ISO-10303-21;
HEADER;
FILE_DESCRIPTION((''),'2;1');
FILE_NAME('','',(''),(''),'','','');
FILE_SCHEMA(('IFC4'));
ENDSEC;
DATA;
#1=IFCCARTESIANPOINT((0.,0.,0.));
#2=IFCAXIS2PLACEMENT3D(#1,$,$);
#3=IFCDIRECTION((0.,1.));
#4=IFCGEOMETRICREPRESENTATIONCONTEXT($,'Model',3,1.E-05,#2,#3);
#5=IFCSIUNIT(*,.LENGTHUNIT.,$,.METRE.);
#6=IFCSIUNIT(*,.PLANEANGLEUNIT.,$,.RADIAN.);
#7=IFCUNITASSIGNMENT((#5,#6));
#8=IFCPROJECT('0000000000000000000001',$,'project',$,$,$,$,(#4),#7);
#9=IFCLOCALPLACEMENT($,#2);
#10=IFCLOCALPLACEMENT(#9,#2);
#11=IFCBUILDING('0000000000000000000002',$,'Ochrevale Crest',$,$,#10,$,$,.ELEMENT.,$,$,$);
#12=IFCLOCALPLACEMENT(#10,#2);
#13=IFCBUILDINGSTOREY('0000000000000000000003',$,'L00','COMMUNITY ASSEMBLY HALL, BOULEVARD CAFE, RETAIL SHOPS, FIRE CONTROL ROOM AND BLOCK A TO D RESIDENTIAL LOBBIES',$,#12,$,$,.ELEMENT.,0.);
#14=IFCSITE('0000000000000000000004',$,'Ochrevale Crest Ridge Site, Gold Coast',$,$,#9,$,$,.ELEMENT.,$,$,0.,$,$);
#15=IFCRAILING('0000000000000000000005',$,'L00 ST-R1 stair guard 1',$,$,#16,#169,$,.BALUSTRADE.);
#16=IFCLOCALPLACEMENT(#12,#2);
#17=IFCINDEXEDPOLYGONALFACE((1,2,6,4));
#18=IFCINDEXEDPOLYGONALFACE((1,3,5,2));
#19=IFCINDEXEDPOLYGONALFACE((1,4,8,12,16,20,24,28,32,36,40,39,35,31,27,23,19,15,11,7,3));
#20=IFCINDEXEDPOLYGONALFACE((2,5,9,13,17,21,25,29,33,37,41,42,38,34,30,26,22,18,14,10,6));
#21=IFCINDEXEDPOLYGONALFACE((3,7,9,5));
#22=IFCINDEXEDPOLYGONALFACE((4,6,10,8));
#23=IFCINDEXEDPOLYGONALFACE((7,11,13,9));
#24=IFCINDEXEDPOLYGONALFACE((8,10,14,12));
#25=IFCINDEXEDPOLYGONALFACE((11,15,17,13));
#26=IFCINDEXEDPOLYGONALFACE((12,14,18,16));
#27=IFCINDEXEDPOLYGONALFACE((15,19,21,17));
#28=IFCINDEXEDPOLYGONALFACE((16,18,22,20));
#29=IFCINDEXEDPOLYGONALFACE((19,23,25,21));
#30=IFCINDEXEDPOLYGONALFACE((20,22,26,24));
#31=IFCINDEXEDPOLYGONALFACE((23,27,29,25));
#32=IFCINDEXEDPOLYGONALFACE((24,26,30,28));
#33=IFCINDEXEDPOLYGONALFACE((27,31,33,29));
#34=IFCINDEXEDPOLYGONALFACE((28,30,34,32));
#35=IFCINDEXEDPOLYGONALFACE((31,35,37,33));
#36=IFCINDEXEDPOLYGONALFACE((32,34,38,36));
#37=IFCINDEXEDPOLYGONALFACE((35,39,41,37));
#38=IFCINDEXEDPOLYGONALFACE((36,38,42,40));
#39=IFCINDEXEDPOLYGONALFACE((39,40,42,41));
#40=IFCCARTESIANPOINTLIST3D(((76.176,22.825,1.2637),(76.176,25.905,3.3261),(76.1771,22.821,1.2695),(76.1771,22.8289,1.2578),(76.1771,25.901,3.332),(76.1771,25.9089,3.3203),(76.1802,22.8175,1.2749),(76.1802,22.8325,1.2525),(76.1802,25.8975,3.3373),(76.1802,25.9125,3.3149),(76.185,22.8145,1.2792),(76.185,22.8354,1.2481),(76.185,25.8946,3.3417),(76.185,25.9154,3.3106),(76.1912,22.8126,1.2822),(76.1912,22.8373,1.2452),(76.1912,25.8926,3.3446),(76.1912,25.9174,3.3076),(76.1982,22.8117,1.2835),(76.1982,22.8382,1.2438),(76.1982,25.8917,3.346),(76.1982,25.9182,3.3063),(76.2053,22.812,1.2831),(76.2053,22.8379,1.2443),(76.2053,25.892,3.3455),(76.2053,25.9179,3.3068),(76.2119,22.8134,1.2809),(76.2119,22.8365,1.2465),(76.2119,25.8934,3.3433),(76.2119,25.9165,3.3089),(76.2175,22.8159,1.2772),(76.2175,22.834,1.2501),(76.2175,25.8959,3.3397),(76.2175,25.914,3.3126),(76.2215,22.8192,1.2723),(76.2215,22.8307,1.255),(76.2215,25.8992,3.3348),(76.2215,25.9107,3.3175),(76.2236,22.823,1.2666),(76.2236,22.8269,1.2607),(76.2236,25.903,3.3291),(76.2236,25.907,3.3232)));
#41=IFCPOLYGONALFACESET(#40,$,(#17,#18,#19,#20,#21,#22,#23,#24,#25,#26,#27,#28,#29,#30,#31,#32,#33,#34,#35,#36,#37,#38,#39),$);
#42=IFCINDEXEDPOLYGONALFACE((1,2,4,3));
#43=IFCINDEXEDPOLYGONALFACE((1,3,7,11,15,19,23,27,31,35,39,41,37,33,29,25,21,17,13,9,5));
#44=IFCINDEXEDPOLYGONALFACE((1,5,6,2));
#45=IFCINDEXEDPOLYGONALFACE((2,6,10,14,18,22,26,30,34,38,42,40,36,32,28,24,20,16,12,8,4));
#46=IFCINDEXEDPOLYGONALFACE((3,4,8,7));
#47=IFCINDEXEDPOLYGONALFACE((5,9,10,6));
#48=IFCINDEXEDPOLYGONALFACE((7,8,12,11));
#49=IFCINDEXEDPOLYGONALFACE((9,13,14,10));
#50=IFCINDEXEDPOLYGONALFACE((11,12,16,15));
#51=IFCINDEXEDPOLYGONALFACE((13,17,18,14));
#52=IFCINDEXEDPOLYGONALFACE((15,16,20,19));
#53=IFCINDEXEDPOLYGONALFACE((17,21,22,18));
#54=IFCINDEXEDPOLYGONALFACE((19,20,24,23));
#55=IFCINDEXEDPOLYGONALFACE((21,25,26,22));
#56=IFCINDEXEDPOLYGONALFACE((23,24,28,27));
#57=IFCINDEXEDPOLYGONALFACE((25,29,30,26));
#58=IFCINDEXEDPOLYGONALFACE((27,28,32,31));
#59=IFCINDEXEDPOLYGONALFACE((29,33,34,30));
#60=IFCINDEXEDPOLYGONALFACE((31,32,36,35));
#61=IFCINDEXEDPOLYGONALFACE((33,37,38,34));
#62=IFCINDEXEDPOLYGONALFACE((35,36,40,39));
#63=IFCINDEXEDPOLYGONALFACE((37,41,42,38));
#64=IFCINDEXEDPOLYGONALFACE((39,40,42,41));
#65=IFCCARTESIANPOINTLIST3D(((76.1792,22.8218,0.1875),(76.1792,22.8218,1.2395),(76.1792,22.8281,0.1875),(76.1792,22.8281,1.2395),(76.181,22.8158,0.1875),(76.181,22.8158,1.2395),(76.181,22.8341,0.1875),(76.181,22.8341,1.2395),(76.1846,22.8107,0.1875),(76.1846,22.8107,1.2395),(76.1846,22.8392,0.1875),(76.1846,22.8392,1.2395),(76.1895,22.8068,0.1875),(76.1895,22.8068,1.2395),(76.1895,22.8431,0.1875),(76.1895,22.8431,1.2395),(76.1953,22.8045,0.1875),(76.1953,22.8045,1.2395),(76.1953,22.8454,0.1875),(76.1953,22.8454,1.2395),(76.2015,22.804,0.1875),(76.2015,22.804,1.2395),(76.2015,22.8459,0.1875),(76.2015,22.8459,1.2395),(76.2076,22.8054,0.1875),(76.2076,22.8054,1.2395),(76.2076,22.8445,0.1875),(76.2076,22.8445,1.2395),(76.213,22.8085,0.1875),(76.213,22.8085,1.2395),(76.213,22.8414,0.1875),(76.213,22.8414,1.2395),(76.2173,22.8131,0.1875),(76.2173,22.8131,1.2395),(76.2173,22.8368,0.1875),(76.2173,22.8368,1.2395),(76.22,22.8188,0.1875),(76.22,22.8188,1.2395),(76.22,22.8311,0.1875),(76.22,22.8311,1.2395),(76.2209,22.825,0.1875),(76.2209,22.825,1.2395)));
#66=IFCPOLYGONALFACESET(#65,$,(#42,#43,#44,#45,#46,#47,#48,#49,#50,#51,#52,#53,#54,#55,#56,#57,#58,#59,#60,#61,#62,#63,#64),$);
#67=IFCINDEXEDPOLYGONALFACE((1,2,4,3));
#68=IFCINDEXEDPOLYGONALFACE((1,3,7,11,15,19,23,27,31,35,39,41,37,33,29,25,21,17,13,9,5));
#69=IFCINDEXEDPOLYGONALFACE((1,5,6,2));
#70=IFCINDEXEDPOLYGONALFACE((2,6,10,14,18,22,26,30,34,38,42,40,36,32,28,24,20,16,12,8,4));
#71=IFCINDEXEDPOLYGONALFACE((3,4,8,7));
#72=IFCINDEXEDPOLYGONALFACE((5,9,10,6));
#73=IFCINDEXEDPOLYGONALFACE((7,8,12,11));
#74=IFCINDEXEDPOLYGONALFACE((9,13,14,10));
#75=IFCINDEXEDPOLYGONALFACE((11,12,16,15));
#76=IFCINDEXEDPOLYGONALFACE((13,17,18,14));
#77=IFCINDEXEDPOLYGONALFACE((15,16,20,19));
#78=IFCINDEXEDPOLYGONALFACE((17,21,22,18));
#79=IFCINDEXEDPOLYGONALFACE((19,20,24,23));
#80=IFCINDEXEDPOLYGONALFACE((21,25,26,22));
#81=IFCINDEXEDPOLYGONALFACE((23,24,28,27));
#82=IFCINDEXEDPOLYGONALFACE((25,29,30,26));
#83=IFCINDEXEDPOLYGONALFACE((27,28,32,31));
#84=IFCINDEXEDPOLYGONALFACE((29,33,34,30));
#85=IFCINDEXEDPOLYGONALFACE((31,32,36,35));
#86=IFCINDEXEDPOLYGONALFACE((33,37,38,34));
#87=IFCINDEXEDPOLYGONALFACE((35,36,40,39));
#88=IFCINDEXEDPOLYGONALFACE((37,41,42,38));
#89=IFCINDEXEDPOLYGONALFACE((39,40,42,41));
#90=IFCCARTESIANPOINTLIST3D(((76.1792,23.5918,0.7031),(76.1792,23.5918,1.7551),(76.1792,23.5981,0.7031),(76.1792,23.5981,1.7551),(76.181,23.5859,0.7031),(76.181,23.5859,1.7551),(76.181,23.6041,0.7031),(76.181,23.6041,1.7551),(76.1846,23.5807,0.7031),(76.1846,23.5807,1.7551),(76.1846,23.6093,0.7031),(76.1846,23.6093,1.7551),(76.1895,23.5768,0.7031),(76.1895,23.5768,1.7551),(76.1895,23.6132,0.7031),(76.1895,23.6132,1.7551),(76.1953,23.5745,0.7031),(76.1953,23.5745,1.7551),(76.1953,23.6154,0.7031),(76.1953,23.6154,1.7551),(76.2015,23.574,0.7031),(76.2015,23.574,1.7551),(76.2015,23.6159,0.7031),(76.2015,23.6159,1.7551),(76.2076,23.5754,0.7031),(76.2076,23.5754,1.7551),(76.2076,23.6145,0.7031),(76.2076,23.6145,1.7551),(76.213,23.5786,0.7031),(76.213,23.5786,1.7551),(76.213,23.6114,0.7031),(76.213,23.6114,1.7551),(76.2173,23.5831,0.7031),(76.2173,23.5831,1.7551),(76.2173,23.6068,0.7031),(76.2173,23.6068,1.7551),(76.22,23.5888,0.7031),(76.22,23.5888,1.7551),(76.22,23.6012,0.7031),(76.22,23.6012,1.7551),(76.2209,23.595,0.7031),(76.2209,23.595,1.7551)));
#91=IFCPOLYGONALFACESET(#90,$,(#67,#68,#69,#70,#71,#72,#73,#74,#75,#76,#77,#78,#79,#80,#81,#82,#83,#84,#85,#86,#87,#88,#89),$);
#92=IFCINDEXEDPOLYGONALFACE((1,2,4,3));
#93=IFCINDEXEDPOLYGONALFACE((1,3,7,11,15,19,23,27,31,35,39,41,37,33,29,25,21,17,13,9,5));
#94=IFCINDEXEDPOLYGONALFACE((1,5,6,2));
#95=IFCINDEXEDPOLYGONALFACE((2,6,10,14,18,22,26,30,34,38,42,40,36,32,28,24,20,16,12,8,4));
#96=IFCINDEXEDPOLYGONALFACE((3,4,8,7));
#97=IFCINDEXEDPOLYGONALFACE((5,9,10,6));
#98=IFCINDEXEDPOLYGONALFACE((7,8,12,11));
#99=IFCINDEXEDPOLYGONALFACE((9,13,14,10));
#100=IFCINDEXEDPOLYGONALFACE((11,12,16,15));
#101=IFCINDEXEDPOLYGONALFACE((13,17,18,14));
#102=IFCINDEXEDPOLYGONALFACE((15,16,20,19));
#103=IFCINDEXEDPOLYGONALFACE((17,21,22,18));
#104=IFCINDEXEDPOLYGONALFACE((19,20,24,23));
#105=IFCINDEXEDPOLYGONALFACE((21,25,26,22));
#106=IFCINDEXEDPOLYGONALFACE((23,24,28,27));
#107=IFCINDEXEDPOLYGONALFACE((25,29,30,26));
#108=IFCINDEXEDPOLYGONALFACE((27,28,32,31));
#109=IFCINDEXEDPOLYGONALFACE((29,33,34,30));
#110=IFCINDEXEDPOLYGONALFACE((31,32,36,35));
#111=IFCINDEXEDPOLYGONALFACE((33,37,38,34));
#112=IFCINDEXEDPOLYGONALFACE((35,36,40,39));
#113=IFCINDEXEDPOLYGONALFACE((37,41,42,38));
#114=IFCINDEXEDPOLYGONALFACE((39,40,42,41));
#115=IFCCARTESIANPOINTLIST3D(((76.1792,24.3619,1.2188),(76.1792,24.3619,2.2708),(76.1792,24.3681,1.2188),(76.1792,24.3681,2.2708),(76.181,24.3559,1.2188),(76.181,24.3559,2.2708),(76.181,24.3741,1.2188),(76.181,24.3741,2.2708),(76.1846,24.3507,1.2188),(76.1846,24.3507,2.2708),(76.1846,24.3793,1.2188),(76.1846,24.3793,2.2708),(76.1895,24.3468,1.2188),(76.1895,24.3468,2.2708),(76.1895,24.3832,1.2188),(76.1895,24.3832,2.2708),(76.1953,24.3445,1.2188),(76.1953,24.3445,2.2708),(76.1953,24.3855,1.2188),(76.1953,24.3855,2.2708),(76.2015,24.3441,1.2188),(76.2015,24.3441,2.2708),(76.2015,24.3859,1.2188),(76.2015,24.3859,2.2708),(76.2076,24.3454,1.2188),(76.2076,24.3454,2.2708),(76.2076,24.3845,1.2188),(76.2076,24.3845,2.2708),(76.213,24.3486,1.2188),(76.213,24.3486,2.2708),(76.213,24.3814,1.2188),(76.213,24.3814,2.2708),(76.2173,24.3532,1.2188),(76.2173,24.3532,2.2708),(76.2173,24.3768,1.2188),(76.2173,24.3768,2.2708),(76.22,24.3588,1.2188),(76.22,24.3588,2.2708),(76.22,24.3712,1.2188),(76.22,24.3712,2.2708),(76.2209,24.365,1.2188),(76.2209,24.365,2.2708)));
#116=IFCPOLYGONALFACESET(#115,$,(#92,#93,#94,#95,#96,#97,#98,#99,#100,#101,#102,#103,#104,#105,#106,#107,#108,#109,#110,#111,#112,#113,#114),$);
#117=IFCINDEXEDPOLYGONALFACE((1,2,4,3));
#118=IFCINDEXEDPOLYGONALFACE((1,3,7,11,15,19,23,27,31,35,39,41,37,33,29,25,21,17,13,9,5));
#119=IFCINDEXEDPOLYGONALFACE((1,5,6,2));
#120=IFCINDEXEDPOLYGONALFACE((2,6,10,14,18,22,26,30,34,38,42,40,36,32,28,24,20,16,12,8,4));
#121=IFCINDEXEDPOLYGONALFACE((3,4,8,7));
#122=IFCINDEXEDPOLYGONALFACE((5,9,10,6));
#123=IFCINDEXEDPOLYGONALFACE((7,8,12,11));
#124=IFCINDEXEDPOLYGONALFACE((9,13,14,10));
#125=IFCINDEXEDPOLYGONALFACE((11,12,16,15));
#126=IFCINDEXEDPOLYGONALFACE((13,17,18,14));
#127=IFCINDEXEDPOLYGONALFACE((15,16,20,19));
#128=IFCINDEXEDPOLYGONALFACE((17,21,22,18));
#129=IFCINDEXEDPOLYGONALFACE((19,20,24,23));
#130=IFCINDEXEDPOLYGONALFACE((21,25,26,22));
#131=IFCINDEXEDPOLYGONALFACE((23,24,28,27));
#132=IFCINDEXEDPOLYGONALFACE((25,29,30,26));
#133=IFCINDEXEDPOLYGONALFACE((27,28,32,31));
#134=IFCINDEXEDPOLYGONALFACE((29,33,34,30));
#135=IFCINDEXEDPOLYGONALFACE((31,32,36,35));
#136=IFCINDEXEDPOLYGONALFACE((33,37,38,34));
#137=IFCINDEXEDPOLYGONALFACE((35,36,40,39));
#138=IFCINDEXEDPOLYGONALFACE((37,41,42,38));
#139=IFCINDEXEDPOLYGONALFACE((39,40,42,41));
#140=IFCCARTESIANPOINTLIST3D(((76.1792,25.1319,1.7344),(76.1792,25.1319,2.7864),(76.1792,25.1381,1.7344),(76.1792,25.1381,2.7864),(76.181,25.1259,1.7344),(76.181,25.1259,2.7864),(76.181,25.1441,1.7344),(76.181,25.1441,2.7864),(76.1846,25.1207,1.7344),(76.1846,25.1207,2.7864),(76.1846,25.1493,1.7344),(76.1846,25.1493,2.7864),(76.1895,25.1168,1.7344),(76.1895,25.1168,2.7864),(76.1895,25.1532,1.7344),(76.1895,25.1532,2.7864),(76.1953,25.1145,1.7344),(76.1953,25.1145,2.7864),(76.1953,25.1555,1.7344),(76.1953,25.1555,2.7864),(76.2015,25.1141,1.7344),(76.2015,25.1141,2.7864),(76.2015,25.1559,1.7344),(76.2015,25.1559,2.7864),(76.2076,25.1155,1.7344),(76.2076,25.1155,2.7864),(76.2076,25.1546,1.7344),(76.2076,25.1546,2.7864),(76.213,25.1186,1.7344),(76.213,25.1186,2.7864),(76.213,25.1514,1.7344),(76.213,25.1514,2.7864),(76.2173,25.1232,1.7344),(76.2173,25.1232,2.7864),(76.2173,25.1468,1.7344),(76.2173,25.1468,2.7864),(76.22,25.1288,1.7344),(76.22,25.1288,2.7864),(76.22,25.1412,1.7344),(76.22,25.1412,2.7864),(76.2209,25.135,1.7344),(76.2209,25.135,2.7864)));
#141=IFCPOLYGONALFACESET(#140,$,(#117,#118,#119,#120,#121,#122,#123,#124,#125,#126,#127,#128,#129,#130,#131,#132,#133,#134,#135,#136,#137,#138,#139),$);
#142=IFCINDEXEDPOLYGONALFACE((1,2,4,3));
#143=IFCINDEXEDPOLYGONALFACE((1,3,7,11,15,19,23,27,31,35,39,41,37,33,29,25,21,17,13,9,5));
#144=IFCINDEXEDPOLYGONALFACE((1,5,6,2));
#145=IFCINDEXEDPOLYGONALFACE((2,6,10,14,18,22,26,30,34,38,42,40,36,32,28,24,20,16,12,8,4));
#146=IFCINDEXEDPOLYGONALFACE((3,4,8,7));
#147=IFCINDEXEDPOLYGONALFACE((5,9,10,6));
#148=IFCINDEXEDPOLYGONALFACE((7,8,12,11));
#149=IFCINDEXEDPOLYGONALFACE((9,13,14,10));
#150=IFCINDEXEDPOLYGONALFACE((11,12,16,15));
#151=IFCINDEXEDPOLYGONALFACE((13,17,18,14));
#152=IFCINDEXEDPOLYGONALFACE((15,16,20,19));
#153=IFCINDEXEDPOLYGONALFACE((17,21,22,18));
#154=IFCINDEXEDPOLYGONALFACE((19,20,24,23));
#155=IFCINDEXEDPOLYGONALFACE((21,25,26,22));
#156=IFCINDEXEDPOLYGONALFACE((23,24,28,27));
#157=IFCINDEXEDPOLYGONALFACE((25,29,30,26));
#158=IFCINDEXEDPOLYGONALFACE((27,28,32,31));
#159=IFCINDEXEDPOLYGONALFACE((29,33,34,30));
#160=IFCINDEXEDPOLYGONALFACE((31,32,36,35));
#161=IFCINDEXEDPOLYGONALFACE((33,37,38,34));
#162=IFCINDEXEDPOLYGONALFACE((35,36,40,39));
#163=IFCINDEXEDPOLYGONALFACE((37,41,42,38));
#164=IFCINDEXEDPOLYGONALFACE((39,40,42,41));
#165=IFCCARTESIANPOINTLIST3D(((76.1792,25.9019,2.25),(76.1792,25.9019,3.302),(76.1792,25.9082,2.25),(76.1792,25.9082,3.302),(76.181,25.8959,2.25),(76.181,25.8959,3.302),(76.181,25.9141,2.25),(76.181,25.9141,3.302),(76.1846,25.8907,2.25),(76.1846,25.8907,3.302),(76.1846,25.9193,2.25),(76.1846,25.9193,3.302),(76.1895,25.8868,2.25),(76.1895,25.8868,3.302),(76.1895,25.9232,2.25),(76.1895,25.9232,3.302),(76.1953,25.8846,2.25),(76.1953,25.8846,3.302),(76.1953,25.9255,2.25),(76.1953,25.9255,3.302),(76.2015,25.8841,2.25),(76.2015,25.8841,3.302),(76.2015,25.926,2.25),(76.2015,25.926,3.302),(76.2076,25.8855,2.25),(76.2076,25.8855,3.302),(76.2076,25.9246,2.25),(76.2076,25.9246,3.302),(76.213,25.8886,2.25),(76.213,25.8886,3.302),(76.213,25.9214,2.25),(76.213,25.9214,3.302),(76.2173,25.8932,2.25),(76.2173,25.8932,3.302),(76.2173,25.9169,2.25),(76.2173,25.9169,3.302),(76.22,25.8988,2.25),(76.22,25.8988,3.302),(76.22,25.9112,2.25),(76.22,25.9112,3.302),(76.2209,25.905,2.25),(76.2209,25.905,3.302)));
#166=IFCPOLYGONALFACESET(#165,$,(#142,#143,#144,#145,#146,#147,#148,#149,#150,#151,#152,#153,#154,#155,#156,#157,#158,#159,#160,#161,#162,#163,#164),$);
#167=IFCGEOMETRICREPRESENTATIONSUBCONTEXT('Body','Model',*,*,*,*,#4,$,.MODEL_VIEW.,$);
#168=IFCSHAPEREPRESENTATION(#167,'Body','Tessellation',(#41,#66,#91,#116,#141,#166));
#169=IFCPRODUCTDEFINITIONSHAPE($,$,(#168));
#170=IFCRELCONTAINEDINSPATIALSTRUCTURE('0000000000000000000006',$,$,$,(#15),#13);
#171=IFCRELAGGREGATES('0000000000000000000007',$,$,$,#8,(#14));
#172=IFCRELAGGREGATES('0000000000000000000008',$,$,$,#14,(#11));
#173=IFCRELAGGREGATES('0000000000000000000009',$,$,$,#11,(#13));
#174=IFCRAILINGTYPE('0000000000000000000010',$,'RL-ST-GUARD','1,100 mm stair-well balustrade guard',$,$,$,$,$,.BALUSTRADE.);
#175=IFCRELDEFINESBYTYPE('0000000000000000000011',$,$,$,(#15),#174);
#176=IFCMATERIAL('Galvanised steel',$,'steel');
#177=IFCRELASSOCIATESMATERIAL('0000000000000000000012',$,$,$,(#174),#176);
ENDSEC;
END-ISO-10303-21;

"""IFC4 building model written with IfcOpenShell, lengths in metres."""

from ifc_helpers import new_model, si_unit, direction, frame, origin, origin_2d, place, context, subcontext, project, spatial, circle, extrude, material, type_object, element, save


model = new_model("IFC4")

# Units and contexts
model_context = context("Model", 3, precision=1e-05, world=origin(), true_north=direction((0.0, 1.0)))
body_context = subcontext(model_context, "Body", "Model", "MODEL_VIEW")
ifc_project = project(units=[si_unit("LENGTHUNIT", "METRE"), si_unit("PLANEANGLEUNIT", "RADIAN")], contexts=[model_context])

# Site, building, storey
site_placement = place(None, origin())
site = spatial("IfcSite", under=ifc_project, at=site_placement, Name="Ochrevale Crest Ridge Site, Gold Coast", CompositionType="ELEMENT", RefElevation=0.0)
building_placement = place(site_placement, origin())
building = spatial("IfcBuilding", under=site, at=building_placement, Name="Ochrevale Crest", CompositionType="ELEMENT")
storey_placement = place(building_placement, origin())
storey = spatial("IfcBuildingStorey", under=building, at=storey_placement, Name="L00", Description="COMMUNITY ASSEMBLY HALL, BOULEVARD CAFE, RETAIL SHOPS, FIRE CONTROL ROOM AND BLOCK A TO D RESIDENTIAL LOBBIES", CompositionType="ELEMENT", Elevation=0.0)

# Railing
ifc_material_1 = material(Name="Galvanised steel", Category="steel")
railing_type_1 = type_object("IfcRailingType", Name="RL-ST-GUARD", Description="1,100 mm stair-well balustrade guard", PredefinedType="BALUSTRADE", material=ifc_material_1)
railing_1_placement = place(storey_placement, frame((76.2, 22.825, 0.1875)))
element("IfcRailing", 1, at=railing_1_placement, inside=storey, type_object=railing_type_1, Name="L00 ST-R1 stair guard 1", PredefinedType="BALUSTRADE", context=body_context, shape_type="SweptSolid", body=[
    extrude(circle(Radius=0.0239, at=origin_2d()), frame((0.0, 0.0, 1.0762), z_axis=(0.0, 0.830914, 0.556401), x_axis=(-1.0, 0.0, 0.0)), (0.0, 0.0, 1.0), 3.7068),
    extrude(circle(Radius=0.021, at=origin_2d()), origin(), (0.0, 0.0, 1.0), 1.052),
    extrude(circle(Radius=0.021, at=origin_2d()), frame((0.0, 0.77, 0.5156)), (0.0, 0.0, 1.0), 1.052),
    extrude(circle(Radius=0.021, at=origin_2d()), frame((0.0, 1.54, 1.0312)), (0.0, 0.0, 1.0), 1.052),
    extrude(circle(Radius=0.021, at=origin_2d()), frame((0.0, 2.3101, 1.5469)), (0.0, 0.0, 1.0), 1.052),
    extrude(circle(Radius=0.021, at=origin_2d()), frame((0.0, 3.0801, 2.0625)), (0.0, 0.0, 1.0), 1.052),
])

save(model, "model.ifc")
